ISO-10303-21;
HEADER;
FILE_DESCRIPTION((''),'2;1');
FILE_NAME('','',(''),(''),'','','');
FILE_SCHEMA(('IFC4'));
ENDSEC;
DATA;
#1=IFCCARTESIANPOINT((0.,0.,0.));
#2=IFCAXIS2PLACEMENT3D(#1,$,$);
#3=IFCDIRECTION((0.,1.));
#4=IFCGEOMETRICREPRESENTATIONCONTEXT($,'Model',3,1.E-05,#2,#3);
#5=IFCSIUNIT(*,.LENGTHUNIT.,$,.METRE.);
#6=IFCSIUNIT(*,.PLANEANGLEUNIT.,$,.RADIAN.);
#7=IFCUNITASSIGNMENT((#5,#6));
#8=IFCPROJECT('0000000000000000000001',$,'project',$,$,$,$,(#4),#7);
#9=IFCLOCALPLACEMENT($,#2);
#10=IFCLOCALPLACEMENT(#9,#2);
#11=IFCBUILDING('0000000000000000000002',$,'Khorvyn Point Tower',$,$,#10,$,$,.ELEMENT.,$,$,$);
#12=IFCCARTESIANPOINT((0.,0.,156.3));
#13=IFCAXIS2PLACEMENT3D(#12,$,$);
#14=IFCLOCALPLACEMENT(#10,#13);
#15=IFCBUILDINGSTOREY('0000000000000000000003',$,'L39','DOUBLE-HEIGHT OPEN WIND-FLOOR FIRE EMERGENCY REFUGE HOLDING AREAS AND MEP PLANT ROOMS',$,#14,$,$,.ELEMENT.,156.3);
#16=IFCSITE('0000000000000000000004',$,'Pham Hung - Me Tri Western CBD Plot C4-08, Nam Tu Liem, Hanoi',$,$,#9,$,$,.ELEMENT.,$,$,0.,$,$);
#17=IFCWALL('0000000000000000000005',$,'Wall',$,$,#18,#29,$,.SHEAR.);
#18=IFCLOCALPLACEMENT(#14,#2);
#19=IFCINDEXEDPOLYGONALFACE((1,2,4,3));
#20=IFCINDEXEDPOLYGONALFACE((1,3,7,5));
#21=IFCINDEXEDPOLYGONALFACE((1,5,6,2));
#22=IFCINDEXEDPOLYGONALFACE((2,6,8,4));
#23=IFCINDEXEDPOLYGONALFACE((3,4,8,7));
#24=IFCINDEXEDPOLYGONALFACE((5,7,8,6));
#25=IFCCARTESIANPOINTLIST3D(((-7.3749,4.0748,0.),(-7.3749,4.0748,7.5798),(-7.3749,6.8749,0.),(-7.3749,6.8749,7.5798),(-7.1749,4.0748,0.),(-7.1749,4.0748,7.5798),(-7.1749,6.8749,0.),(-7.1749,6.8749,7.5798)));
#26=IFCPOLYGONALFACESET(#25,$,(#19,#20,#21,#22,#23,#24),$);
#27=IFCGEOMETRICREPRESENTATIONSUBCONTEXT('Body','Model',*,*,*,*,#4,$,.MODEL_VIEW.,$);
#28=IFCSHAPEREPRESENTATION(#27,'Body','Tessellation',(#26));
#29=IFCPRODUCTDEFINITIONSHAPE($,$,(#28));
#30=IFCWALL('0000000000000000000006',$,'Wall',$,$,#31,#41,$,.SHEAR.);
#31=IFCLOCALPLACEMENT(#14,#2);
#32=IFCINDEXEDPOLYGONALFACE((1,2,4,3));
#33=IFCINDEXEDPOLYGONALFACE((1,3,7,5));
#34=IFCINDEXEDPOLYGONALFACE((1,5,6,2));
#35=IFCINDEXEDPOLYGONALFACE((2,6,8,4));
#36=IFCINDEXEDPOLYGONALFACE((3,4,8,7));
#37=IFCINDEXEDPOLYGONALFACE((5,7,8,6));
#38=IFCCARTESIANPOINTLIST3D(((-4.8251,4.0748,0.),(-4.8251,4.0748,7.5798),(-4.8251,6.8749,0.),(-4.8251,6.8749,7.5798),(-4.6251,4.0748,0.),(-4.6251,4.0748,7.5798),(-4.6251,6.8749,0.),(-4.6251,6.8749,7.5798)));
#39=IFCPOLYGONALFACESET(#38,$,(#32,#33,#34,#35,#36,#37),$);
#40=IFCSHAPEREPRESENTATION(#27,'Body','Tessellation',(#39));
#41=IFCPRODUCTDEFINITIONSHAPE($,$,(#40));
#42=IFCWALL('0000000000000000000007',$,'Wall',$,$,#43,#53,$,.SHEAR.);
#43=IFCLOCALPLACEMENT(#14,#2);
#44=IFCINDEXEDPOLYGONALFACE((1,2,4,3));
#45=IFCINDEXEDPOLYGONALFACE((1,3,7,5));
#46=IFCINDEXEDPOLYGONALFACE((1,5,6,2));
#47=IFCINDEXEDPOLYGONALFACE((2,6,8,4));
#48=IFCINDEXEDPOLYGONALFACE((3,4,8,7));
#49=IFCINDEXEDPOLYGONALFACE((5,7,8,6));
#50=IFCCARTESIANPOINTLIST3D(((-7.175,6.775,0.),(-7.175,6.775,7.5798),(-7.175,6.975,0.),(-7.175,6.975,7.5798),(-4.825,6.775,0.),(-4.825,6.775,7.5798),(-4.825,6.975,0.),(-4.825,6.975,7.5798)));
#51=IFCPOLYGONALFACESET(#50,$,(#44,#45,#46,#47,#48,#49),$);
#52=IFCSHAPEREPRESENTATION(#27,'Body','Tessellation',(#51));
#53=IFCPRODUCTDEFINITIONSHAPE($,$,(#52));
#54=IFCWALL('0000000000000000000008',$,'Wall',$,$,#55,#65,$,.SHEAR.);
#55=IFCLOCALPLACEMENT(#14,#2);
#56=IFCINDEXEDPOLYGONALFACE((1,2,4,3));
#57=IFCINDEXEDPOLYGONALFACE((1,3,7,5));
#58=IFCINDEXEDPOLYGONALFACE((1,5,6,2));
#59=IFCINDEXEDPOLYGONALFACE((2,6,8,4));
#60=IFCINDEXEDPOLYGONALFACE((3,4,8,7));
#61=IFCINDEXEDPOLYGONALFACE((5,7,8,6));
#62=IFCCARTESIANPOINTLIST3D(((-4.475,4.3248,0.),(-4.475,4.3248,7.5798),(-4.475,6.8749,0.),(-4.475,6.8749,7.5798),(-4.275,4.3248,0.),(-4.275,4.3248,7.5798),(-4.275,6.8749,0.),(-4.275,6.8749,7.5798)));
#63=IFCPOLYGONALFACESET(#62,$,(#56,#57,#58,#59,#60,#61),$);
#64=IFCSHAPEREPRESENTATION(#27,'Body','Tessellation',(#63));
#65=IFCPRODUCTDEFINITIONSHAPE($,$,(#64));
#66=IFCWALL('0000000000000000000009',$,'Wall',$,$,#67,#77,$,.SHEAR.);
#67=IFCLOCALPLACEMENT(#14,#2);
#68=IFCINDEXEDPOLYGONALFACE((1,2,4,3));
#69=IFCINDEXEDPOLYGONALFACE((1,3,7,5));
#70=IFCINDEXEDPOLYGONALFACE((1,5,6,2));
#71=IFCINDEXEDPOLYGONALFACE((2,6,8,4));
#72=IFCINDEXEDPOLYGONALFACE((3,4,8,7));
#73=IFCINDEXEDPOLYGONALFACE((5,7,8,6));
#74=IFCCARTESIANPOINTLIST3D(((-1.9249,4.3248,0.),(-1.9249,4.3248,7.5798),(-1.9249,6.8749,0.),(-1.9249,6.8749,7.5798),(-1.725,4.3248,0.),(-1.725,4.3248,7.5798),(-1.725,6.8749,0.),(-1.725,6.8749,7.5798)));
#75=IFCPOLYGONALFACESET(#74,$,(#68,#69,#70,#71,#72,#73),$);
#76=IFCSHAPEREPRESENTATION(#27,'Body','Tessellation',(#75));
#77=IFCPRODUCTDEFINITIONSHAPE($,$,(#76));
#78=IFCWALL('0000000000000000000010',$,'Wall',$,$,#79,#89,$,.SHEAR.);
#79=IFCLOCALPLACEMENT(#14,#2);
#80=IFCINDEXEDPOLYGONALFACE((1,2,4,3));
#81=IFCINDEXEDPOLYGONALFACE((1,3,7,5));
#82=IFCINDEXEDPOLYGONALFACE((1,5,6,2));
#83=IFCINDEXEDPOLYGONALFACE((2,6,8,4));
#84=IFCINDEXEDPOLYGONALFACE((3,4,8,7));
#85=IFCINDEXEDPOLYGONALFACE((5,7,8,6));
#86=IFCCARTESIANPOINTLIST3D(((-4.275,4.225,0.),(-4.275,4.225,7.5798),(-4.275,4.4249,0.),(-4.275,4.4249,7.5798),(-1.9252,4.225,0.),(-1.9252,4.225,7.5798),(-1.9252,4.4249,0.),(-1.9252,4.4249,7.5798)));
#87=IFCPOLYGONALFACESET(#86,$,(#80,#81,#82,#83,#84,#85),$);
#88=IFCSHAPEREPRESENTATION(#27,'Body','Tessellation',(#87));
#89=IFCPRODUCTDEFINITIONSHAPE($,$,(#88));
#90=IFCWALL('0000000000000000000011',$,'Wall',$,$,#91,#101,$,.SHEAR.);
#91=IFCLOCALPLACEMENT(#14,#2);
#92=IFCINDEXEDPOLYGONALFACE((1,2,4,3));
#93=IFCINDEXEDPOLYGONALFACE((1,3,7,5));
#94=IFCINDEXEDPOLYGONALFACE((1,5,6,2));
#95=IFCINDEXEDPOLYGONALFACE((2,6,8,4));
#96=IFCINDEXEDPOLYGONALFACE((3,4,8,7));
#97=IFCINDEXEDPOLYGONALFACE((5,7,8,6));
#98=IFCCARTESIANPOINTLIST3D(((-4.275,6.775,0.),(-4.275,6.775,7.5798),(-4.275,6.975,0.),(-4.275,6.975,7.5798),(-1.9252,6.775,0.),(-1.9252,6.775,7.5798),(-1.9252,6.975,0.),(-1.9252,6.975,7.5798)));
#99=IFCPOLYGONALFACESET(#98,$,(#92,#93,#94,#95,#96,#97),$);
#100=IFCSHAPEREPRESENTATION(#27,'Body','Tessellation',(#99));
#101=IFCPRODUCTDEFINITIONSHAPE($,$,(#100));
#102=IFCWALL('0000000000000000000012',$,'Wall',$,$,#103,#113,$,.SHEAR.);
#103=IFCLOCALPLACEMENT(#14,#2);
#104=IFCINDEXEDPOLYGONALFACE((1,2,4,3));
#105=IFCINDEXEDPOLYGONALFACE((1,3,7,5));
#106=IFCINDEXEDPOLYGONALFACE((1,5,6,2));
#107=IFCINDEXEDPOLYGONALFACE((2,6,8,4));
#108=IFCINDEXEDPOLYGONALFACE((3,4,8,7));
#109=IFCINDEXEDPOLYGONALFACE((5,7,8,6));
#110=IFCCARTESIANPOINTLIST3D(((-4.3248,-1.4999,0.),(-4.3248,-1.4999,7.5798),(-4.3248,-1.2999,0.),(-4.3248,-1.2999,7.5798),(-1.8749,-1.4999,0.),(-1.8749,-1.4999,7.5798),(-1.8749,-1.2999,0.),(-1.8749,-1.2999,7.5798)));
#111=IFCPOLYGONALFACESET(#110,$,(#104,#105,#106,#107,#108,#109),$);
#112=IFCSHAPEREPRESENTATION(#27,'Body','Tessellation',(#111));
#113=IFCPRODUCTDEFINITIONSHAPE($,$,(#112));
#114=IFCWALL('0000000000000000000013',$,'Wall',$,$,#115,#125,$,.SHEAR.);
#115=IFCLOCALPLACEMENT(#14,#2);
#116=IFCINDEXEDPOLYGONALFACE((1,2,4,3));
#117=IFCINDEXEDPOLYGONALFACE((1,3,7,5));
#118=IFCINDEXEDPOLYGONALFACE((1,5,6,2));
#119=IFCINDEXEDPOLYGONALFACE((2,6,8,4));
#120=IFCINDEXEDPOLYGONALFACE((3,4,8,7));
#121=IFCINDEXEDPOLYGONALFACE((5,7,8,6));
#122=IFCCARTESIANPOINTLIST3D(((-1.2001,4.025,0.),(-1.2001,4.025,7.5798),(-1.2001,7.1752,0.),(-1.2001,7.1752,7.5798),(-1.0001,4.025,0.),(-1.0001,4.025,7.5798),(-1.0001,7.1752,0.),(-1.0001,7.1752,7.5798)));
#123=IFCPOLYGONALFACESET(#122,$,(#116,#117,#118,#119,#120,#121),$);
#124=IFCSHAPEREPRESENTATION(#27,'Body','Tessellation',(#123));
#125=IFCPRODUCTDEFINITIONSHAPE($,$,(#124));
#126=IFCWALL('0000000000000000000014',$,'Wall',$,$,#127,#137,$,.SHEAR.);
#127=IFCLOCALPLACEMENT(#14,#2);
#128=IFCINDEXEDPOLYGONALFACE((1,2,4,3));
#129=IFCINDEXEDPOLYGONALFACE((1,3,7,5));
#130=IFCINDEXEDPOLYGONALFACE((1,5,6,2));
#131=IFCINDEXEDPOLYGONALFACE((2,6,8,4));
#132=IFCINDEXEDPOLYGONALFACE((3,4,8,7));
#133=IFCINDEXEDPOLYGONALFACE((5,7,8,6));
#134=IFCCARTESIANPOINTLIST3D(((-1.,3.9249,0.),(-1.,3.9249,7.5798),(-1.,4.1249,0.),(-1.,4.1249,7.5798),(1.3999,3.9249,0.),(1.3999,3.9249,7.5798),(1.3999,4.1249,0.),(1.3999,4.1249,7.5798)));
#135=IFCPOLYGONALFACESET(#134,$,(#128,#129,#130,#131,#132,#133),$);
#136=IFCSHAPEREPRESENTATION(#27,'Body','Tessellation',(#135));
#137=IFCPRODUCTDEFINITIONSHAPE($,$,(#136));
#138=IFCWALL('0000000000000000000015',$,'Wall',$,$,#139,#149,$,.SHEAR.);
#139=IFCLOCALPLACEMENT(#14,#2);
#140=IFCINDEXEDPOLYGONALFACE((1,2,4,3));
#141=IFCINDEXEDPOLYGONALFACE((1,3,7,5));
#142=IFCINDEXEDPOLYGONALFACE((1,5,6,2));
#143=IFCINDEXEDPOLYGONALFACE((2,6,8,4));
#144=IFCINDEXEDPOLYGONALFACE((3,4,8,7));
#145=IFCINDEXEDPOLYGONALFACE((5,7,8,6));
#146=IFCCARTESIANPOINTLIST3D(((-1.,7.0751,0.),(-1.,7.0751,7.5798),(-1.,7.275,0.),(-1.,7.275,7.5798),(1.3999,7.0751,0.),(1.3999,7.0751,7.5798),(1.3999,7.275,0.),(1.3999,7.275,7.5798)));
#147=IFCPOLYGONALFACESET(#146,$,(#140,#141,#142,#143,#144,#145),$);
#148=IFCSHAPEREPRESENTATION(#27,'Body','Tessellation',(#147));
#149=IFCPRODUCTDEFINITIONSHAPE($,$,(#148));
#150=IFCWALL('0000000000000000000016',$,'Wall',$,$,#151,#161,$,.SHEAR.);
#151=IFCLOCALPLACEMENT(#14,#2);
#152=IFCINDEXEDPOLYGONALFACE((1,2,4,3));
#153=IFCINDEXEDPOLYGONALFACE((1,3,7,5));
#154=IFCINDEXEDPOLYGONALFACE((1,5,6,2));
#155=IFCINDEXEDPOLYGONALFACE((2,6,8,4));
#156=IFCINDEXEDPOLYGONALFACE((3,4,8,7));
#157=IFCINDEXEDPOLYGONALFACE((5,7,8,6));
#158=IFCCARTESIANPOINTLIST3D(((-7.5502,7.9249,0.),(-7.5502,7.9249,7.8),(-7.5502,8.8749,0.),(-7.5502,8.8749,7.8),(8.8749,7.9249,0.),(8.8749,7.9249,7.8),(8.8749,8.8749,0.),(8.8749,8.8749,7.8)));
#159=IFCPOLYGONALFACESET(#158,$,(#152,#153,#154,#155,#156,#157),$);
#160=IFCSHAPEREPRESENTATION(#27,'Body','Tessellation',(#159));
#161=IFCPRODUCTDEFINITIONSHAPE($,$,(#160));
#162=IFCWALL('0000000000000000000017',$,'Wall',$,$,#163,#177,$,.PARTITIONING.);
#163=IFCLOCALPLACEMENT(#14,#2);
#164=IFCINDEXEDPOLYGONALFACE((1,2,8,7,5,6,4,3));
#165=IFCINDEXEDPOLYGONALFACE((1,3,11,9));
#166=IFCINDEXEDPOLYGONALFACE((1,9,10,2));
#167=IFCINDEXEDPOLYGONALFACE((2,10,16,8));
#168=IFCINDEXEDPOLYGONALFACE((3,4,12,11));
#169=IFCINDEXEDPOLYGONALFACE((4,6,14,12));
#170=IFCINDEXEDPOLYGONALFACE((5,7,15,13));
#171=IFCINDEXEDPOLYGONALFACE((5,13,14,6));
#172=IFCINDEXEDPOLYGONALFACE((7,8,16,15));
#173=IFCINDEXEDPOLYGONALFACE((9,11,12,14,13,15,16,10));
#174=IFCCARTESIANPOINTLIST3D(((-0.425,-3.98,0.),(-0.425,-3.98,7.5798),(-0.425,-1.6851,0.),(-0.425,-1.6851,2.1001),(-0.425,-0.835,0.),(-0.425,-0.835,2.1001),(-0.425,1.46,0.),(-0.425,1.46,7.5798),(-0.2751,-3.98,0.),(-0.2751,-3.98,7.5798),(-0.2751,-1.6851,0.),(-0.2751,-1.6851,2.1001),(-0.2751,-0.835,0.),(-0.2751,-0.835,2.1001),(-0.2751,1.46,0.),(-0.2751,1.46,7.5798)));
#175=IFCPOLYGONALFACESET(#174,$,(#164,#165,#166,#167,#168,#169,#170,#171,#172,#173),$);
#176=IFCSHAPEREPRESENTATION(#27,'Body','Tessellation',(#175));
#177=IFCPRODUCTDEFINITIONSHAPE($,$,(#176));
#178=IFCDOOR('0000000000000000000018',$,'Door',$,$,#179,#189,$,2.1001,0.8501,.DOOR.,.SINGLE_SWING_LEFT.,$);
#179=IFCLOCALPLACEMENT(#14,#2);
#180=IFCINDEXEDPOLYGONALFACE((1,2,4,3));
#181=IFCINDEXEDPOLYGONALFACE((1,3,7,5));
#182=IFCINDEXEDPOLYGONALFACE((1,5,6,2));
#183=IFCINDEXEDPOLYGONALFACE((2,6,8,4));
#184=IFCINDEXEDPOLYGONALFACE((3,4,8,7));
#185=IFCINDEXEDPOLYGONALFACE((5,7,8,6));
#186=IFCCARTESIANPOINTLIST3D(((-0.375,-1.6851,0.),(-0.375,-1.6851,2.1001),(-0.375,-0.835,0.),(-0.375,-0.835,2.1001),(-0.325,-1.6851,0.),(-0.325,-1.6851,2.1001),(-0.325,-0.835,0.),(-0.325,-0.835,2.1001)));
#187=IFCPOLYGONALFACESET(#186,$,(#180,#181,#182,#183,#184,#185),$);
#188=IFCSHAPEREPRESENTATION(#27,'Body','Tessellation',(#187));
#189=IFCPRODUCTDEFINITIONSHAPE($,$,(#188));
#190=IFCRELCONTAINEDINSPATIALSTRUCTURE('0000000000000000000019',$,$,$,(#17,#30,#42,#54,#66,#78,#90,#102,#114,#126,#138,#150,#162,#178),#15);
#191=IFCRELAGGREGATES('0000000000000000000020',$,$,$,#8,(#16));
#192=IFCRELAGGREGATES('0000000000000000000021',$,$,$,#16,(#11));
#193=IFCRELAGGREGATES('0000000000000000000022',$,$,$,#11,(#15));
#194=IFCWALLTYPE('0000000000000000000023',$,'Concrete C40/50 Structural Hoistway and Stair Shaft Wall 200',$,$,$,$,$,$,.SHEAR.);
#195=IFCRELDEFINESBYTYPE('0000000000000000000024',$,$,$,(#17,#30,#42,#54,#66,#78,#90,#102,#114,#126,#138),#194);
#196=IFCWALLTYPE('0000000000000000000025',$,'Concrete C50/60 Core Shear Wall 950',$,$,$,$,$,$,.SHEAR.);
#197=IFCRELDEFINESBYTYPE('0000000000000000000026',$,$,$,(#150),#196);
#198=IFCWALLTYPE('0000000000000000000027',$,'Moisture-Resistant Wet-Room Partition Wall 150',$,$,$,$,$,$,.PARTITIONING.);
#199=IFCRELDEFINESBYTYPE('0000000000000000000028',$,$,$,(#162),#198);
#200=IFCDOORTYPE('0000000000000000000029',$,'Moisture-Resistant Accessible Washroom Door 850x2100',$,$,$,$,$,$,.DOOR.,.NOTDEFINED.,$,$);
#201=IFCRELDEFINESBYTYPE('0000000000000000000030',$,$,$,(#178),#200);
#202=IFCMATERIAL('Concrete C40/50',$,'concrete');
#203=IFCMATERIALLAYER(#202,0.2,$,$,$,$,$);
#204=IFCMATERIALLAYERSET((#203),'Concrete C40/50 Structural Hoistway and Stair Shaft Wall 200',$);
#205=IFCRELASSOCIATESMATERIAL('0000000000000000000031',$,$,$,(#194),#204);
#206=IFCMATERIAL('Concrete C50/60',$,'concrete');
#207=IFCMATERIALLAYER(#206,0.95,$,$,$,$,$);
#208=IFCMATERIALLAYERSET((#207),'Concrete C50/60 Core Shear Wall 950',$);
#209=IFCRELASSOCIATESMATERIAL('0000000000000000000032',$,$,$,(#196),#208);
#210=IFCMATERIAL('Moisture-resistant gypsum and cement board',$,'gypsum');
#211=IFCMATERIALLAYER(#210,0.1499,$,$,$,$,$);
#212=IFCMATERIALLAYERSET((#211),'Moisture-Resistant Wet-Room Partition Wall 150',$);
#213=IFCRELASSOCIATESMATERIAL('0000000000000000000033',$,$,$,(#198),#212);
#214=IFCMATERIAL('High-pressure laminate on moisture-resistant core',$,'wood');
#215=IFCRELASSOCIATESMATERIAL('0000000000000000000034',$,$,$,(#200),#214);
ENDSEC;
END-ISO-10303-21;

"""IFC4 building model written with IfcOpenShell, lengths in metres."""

from ifc_helpers import new_model, si_unit, direction, frame, frame_2d, origin, place, context, subcontext, project, spatial, rectangle, extrude, material, layer, layer_set, type_object, element, fill, save


model = new_model("IFC4")

# Units and contexts
model_context = context("Model", 3, precision=1e-05, world=origin(), true_north=direction((0.0, 1.0)))
body_context = subcontext(model_context, "Body", "Model", "MODEL_VIEW")
ifc_project = project(units=[si_unit("LENGTHUNIT", "METRE"), si_unit("PLANEANGLEUNIT", "RADIAN")], contexts=[model_context])

# Site, building, storey
site_placement = place(None, origin())
site = spatial("IfcSite", under=ifc_project, at=site_placement, Name="Pham Hung - Me Tri Western CBD Plot C4-08, Nam Tu Liem, Hanoi", CompositionType="ELEMENT", RefElevation=0.0)
building_placement = place(site_placement, origin())
building = spatial("IfcBuilding", under=site, at=building_placement, Name="Khorvyn Point Tower", CompositionType="ELEMENT")
storey_placement = place(building_placement, frame((0.0, 0.0, 156.3)))
storey = spatial("IfcBuildingStorey", under=building, at=storey_placement, Name="L39", Description="DOUBLE-HEIGHT OPEN WIND-FLOOR FIRE EMERGENCY REFUGE HOLDING AREAS AND MEP PLANT ROOMS", CompositionType="ELEMENT", Elevation=156.3)

# Shared definitions
ifc_material_1 = material(Name="Concrete C40/50", Category="concrete")

# Walls
ifc_layer_1 = layer(ifc_material_1, 0.2)
ifc_layer_set_1 = layer_set([ifc_layer_1], Name="Concrete C40/50 Structural Hoistway and Stair Shaft Wall 200")
wall_type_1 = type_object("IfcWallType", Name="Concrete C40/50 Structural Hoistway and Stair Shaft Wall 200", PredefinedType="SHEAR", material=ifc_layer_set_1)
for number, where, z_axis, x_axis, name in (
    (1, (-7.2749, 4.075, 0.0), (0.0, 0.0, 1.0), (0.0, 1.0, 0.0), "Wall"),
    (2, (-4.7251, 4.075, 0.0), (0.0, 0.0, 1.0), (0.0, 1.0, 0.0), "Wall"),
):
    element("IfcWall", number, at=place(storey_placement, frame(where, z_axis=z_axis, x_axis=x_axis)), inside=storey, type_object=wall_type_1, Name=name, PredefinedType="SHEAR", context=body_context, shape_type="SweptSolid", body=[
        extrude(rectangle(XDim=2.8, YDim=0.2, at=frame_2d((1.3999, 0.0))), origin(), (0.0, 0.0, 1.0), 7.5798),
    ])
wall_1_placement = place(storey_placement, frame((-7.175, 6.875, 0.0), z_axis=(0.0, 0.0, 1.0), x_axis=(1.0, 0.0, 0.0)))
element("IfcWall", 3, at=wall_1_placement, inside=storey, type_object=wall_type_1, Name="Wall", PredefinedType="SHEAR", context=body_context, shape_type="SweptSolid", body=[
    extrude(rectangle(XDim=2.3501, YDim=0.2, at=frame_2d((1.175, 0.0))), origin(), (0.0, 0.0, 1.0), 7.5798),
])
for number, where, z_axis, x_axis, name in (
    (4, (-4.375, 4.325, 0.0), (0.0, 0.0, 1.0), (0.0, 1.0, 0.0), "Wall"),
    (5, (-1.825, 4.325, 0.0), (0.0, 0.0, 1.0), (0.0, 1.0, 0.0), "Wall"),
):
    element("IfcWall", number, at=place(storey_placement, frame(where, z_axis=z_axis, x_axis=x_axis)), inside=storey, type_object=wall_type_1, Name=name, PredefinedType="SHEAR", context=body_context, shape_type="SweptSolid", body=[
        extrude(rectangle(XDim=2.55, YDim=0.2, at=frame_2d((1.2749, 0.0))), origin(), (0.0, 0.0, 1.0), 7.5798),
    ])
for number, where, z_axis, x_axis, name in (
    (6, (-4.2749, 4.325, 0.0), (0.0, 0.0, 1.0), (1.0, 0.0, 0.0), "Wall"),
    (7, (-4.2749, 6.875, 0.0), (0.0, 0.0, 1.0), (1.0, 0.0, 0.0), "Wall"),
):
    element("IfcWall", number, at=place(storey_placement, frame(where, z_axis=z_axis, x_axis=x_axis)), inside=storey, type_object=wall_type_1, Name=name, PredefinedType="SHEAR", context=body_context, shape_type="SweptSolid", body=[
        extrude(rectangle(XDim=2.3499, YDim=0.2, at=frame_2d((1.1748, 0.0))), origin(), (0.0, 0.0, 1.0), 7.5798),
    ])
wall_2_placement = place(storey_placement, frame((-4.325, -1.3999, 0.0), z_axis=(0.0, 0.0, 1.0), x_axis=(1.0, 0.0, 0.0)))
element("IfcWall", 8, at=wall_2_placement, inside=storey, type_object=wall_type_1, Name="Wall", PredefinedType="SHEAR", context=body_context, shape_type="SweptSolid", body=[
    extrude(rectangle(XDim=2.45, YDim=0.2, at=frame_2d((1.2251, 0.0))), origin(), (0.0, 0.0, 1.0), 7.5798),
])
wall_3_placement = place(storey_placement, frame((-1.1001, 4.0249, 0.0), z_axis=(0.0, 0.0, 1.0), x_axis=(0.0, 1.0, 0.0)))
element("IfcWall", 9, at=wall_3_placement, inside=storey, type_object=wall_type_1, Name="Wall", PredefinedType="SHEAR", context=body_context, shape_type="SweptSolid", body=[
    extrude(rectangle(XDim=3.1501, YDim=0.2, at=frame_2d((1.5752, 0.0))), origin(), (0.0, 0.0, 1.0), 7.5798),
])
for number, where, z_axis, x_axis, name in (
    (10, (-1.0, 4.0249, 0.0), (0.0, 0.0, 1.0), (1.0, 0.0, 0.0), "Wall"),
    (11, (-1.0, 7.175, 0.0), (0.0, 0.0, 1.0), (1.0, 0.0, 0.0), "Wall"),
):
    element("IfcWall", number, at=place(storey_placement, frame(where, z_axis=z_axis, x_axis=x_axis)), inside=storey, type_object=wall_type_1, Name=name, PredefinedType="SHEAR", context=body_context, shape_type="SweptSolid", body=[
        extrude(rectangle(XDim=2.3999, YDim=0.2, at=frame_2d((1.2, 0.0))), origin(), (0.0, 0.0, 1.0), 7.5798),
    ])
ifc_material_2 = material(Name="Concrete C50/60", Category="concrete")
ifc_layer_2 = layer(ifc_material_2, 0.95)
ifc_layer_set_2 = layer_set([ifc_layer_2], Name="Concrete C50/60 Core Shear Wall 950")
wall_type_2 = type_object("IfcWallType", Name="Concrete C50/60 Core Shear Wall 950", PredefinedType="SHEAR", material=ifc_layer_set_2)
wall_4_placement = place(storey_placement, frame((-7.55, 8.3999, 0.0), z_axis=(0.0, 0.0, 1.0), x_axis=(1.0, 0.0, 0.0)))
element("IfcWall", 12, at=wall_4_placement, inside=storey, type_object=wall_type_2, Name="Wall", PredefinedType="SHEAR", context=body_context, shape_type="SweptSolid", body=[
    extrude(rectangle(XDim=16.425, YDim=0.95, at=frame_2d((8.2124, 0.0))), origin(), (0.0, 0.0, 1.0), 7.8),
])

# Wall, opening, door
ifc_material_3 = material(Name="Moisture-resistant gypsum and cement board", Category="gypsum")
ifc_layer_3 = layer(ifc_material_3, 0.1499)
ifc_layer_set_3 = layer_set([ifc_layer_3], Name="Moisture-Resistant Wet-Room Partition Wall 150")
wall_type_3 = type_object("IfcWallType", Name="Moisture-Resistant Wet-Room Partition Wall 150", PredefinedType="PARTITIONING", material=ifc_layer_set_3)
wall_5_placement = place(storey_placement, frame((-0.3501, -3.98, 0.0), z_axis=(0.0, 0.0, 1.0), x_axis=(0.0, 1.0, 0.0)))
wall_5 = element("IfcWall", 13, at=wall_5_placement, inside=storey, type_object=wall_type_3, Name="Wall", PredefinedType="PARTITIONING", context=body_context, shape_type="SweptSolid", body=[
    extrude(rectangle(XDim=5.4399, YDim=0.1499, at=frame_2d((2.72, 0.0))), origin(), (0.0, 0.0, 1.0), 7.5798),
])
opening_1_placement = place(wall_5_placement, frame((2.2949, 0.0, 0.0)))
opening_1 = element("IfcOpeningElement", 14, at=opening_1_placement, cuts=wall_5, PredefinedType="OPENING", context=body_context, shape_type="SweptSolid", body=[
    extrude(rectangle(XDim=0.8501, YDim=2.1001, at=frame_2d((0.425, 1.05))), frame((0.0, 0.085, 0.0), z_axis=(0.0, -1.0, 0.0), x_axis=(1.0, 0.0, 0.0)), (0.0, 0.0, 1.0), 0.1699),
])
ifc_material_4 = material(Name="High-pressure laminate on moisture-resistant core", Category="wood")
door_type_1 = type_object("IfcDoorType", Name="Moisture-Resistant Accessible Washroom Door 850x2100", OperationType="NOTDEFINED", PredefinedType="DOOR", material=ifc_material_4)
door_1_placement = place(opening_1_placement, origin())
door_1 = element("IfcDoor", 15, at=door_1_placement, inside=storey, type_object=door_type_1, Name="Door", OperationType="SINGLE_SWING_LEFT", OverallHeight=2.1001, OverallWidth=0.8501, PredefinedType="DOOR", context=body_context, shape_type="SweptSolid", body=[
    extrude(rectangle(XDim=0.8501, YDim=2.1001, at=frame_2d((0.425, 1.05))), frame((0.0, 0.0249, 0.0), z_axis=(0.0, -1.0, 0.0), x_axis=(1.0, 0.0, 0.0)), (0.0, 0.0, 1.0), 0.05),
])
fill(opening_1, door_1)

save(model, "model.ifc")
